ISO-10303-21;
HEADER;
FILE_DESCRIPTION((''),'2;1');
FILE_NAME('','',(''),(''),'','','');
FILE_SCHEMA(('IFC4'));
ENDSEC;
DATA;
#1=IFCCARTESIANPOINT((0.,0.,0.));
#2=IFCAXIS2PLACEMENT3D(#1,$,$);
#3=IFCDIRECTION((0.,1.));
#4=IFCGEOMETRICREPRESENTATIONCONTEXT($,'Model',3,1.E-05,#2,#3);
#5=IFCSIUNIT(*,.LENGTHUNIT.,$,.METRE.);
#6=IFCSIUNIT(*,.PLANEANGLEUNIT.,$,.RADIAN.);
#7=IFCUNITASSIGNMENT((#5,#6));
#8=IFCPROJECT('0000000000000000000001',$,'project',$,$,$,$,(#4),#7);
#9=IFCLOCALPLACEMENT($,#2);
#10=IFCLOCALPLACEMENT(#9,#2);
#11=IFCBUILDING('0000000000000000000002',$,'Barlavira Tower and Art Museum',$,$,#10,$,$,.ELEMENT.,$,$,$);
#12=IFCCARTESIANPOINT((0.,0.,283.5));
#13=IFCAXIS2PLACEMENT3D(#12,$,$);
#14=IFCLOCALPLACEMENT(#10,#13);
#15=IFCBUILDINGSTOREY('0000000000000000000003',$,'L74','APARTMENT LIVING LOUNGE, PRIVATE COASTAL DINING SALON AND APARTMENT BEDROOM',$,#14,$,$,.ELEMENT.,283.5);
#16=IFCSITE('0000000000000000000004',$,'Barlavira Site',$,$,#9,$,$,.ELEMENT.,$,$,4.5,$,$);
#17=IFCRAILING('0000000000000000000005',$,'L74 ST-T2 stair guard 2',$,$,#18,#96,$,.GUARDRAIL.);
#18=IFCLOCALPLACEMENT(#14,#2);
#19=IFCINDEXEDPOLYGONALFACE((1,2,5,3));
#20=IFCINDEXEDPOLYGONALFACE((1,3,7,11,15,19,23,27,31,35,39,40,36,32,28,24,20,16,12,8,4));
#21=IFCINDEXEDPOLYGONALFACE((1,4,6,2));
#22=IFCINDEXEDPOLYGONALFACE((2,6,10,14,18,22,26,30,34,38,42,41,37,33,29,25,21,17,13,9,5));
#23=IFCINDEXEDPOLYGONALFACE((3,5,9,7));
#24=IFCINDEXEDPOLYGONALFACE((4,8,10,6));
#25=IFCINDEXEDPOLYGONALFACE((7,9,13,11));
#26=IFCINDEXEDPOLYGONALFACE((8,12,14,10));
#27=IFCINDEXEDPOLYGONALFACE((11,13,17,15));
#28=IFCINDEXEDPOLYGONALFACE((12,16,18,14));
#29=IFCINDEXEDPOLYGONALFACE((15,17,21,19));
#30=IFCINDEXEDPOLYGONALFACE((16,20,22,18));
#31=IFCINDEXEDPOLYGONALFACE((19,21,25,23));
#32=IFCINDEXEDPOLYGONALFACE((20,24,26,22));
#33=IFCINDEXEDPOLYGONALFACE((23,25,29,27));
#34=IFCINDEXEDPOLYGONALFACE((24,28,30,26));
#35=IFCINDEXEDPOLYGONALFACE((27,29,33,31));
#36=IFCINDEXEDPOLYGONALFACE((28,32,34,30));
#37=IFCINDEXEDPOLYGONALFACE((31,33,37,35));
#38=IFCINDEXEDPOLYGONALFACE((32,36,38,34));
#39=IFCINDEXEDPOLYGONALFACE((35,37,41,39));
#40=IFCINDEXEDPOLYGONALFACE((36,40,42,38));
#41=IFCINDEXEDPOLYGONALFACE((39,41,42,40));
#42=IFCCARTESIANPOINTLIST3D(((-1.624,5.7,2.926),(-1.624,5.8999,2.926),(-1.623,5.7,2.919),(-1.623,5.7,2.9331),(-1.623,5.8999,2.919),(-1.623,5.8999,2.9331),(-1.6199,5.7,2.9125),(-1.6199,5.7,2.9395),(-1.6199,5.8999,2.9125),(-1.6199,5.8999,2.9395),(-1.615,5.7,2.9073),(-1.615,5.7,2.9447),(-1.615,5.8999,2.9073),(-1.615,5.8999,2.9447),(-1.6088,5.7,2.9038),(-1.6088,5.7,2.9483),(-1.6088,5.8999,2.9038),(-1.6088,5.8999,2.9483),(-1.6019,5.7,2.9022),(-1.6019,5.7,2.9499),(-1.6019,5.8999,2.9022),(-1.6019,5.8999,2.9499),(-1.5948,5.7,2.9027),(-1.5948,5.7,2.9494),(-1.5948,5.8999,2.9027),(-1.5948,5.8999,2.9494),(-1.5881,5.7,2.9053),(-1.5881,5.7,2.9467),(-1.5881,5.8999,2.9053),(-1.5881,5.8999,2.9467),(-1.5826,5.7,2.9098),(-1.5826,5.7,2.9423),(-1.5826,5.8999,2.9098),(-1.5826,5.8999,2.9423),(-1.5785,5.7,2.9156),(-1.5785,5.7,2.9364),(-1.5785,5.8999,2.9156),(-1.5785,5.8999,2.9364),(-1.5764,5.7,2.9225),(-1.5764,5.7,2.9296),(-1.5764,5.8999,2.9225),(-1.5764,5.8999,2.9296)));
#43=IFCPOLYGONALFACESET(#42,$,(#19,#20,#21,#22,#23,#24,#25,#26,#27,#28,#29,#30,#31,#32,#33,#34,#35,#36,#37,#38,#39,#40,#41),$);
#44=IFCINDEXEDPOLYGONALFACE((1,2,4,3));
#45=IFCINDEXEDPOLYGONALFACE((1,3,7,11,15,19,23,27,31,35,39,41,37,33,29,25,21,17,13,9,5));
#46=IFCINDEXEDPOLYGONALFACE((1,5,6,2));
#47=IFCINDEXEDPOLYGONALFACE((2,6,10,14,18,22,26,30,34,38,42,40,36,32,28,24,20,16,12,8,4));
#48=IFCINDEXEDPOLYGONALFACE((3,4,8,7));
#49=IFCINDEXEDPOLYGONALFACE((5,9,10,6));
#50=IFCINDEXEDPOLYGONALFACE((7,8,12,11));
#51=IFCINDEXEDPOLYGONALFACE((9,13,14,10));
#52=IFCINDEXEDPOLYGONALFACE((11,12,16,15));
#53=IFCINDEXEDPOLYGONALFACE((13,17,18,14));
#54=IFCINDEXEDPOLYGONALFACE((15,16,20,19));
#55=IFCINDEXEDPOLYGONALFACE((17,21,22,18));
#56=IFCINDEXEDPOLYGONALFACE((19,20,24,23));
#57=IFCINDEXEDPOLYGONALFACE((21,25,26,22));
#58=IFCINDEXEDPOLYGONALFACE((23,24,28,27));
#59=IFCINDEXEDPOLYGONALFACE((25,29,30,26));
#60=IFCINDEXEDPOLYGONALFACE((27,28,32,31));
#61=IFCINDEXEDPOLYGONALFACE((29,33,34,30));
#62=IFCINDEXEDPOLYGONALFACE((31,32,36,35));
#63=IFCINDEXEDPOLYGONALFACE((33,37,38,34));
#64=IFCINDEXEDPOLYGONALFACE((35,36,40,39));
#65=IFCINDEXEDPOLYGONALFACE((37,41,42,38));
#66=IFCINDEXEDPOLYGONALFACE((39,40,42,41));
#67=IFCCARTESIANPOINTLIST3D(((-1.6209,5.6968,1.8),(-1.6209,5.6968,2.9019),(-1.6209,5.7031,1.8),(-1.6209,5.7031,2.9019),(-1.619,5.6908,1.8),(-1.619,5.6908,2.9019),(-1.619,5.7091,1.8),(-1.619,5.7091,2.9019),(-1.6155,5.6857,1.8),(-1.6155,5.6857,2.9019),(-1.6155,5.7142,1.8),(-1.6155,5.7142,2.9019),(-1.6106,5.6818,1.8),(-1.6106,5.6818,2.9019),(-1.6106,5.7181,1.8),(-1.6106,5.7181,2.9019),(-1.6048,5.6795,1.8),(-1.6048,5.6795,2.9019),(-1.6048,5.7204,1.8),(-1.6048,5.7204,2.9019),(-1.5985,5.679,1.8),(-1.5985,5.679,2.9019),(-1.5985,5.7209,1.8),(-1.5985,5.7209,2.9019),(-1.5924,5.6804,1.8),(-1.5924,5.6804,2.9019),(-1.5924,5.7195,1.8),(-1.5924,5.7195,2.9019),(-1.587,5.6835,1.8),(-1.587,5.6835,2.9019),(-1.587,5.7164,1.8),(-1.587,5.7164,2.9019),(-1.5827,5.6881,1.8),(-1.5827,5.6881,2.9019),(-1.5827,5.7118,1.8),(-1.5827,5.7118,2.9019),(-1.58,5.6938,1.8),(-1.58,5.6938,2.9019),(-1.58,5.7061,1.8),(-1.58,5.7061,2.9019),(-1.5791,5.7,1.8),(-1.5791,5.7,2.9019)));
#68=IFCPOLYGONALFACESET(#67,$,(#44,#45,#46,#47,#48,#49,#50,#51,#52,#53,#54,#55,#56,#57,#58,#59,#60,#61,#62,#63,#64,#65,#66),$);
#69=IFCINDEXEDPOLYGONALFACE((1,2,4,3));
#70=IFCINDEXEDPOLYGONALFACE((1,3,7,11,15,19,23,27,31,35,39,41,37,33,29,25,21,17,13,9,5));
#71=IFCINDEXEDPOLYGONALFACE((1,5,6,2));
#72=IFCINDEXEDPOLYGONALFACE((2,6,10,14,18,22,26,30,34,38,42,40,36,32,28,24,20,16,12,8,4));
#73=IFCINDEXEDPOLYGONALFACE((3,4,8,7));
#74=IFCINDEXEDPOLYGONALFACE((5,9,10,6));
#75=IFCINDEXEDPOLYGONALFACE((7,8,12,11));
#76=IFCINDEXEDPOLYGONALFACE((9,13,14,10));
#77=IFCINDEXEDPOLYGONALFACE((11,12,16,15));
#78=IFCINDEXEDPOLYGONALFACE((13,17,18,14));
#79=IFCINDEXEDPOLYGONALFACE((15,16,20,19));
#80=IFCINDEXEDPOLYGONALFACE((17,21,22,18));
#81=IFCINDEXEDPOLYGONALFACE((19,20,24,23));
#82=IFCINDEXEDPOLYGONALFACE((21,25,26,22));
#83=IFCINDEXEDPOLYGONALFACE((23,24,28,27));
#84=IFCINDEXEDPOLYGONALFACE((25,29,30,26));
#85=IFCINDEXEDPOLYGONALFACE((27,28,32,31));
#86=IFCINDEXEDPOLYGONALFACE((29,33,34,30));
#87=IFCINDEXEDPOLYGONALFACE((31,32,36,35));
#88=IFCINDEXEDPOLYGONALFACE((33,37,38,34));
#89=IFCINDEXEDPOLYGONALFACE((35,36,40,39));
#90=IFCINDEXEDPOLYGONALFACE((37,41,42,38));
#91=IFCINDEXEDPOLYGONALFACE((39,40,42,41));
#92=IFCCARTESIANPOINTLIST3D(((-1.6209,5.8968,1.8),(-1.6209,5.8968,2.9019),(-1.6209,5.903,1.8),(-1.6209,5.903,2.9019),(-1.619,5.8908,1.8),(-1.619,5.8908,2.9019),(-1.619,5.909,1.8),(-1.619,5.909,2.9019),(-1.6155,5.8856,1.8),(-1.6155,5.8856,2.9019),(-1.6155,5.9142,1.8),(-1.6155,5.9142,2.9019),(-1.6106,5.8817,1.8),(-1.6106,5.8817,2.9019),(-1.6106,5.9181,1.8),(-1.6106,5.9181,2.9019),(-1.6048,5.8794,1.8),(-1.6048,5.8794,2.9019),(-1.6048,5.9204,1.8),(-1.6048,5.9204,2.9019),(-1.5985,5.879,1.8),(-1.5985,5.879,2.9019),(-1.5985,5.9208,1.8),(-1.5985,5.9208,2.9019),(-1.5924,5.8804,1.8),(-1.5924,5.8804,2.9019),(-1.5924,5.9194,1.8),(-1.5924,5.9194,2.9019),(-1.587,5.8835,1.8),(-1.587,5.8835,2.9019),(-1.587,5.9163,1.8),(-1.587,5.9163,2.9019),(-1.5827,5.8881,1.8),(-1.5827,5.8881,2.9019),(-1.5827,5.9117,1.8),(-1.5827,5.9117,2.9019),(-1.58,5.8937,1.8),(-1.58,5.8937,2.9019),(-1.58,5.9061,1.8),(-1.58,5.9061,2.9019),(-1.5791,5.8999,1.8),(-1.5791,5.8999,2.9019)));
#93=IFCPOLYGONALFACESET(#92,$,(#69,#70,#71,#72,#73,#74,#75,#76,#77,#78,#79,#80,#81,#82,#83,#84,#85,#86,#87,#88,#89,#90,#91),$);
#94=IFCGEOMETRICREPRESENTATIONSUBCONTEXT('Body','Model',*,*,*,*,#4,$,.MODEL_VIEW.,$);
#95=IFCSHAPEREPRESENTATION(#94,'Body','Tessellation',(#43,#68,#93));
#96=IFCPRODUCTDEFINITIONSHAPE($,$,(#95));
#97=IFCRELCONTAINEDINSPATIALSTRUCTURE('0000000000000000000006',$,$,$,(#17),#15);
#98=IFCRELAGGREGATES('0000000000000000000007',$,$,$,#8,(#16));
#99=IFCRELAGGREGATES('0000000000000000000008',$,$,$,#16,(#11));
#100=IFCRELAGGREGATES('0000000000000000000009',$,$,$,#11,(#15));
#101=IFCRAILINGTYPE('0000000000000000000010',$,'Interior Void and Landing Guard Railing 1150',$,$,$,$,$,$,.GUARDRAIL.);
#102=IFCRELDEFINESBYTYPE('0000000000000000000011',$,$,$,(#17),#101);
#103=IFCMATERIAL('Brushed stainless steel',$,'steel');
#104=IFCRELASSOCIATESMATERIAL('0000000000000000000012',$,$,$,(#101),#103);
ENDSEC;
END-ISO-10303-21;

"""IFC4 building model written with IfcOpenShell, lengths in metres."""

from ifc_helpers import new_model, si_unit, direction, frame, origin, origin_2d, place, context, subcontext, project, spatial, circle, extrude, material, type_object, element, save


model = new_model("IFC4")

# Units and contexts
model_context = context("Model", 3, precision=1e-05, world=origin(), true_north=direction((0.0, 1.0)))
body_context = subcontext(model_context, "Body", "Model", "MODEL_VIEW")
ifc_project = project(units=[si_unit("LENGTHUNIT", "METRE"), si_unit("PLANEANGLEUNIT", "RADIAN")], contexts=[model_context])

# Site, building, storey
site_placement = place(None, origin())
site = spatial("IfcSite", under=ifc_project, at=site_placement, Name="Barlavira Site", CompositionType="ELEMENT", RefElevation=4.5)
building_placement = place(site_placement, origin())
building = spatial("IfcBuilding", under=site, at=building_placement, Name="Barlavira Tower and Art Museum", CompositionType="ELEMENT")
storey_placement = place(building_placement, frame((0.0, 0.0, 283.5)))
storey = spatial("IfcBuildingStorey", under=building, at=storey_placement, Name="L74", Description="APARTMENT LIVING LOUNGE, PRIVATE COASTAL DINING SALON AND APARTMENT BEDROOM", CompositionType="ELEMENT", Elevation=283.5)

# Shared definitions
ifc_material_1 = material(Name="Brushed stainless steel", Category="steel")

# Railing
railing_type_1 = type_object("IfcRailingType", Name="Interior Void and Landing Guard Railing 1150", PredefinedType="GUARDRAIL", material=ifc_material_1)
railing_1_placement = place(storey_placement, frame((-1.6001, 5.7, 1.8)))
element("IfcRailing", 1, at=railing_1_placement, inside=storey, type_object=railing_type_1, Name="L74 ST-T2 stair guard 2", PredefinedType="GUARDRAIL", context=body_context, shape_type="SweptSolid", body=[
    extrude(circle(Radius=0.0239, at=origin_2d()), frame((0.0, 0.0, 1.126), z_axis=(0.0, 1.0, 0.0), x_axis=(-1.0, 0.0, 0.0)), (0.0, 0.0, 1.0), 0.2),
    extrude(circle(Radius=0.021, at=origin_2d()), origin(), (0.0, 0.0, 1.0), 1.1018),
    extrude(circle(Radius=0.021, at=origin_2d()), frame((0.0, 0.2, 0.0)), (0.0, 0.0, 1.0), 1.1018),
])

save(model, "model.ifc")
